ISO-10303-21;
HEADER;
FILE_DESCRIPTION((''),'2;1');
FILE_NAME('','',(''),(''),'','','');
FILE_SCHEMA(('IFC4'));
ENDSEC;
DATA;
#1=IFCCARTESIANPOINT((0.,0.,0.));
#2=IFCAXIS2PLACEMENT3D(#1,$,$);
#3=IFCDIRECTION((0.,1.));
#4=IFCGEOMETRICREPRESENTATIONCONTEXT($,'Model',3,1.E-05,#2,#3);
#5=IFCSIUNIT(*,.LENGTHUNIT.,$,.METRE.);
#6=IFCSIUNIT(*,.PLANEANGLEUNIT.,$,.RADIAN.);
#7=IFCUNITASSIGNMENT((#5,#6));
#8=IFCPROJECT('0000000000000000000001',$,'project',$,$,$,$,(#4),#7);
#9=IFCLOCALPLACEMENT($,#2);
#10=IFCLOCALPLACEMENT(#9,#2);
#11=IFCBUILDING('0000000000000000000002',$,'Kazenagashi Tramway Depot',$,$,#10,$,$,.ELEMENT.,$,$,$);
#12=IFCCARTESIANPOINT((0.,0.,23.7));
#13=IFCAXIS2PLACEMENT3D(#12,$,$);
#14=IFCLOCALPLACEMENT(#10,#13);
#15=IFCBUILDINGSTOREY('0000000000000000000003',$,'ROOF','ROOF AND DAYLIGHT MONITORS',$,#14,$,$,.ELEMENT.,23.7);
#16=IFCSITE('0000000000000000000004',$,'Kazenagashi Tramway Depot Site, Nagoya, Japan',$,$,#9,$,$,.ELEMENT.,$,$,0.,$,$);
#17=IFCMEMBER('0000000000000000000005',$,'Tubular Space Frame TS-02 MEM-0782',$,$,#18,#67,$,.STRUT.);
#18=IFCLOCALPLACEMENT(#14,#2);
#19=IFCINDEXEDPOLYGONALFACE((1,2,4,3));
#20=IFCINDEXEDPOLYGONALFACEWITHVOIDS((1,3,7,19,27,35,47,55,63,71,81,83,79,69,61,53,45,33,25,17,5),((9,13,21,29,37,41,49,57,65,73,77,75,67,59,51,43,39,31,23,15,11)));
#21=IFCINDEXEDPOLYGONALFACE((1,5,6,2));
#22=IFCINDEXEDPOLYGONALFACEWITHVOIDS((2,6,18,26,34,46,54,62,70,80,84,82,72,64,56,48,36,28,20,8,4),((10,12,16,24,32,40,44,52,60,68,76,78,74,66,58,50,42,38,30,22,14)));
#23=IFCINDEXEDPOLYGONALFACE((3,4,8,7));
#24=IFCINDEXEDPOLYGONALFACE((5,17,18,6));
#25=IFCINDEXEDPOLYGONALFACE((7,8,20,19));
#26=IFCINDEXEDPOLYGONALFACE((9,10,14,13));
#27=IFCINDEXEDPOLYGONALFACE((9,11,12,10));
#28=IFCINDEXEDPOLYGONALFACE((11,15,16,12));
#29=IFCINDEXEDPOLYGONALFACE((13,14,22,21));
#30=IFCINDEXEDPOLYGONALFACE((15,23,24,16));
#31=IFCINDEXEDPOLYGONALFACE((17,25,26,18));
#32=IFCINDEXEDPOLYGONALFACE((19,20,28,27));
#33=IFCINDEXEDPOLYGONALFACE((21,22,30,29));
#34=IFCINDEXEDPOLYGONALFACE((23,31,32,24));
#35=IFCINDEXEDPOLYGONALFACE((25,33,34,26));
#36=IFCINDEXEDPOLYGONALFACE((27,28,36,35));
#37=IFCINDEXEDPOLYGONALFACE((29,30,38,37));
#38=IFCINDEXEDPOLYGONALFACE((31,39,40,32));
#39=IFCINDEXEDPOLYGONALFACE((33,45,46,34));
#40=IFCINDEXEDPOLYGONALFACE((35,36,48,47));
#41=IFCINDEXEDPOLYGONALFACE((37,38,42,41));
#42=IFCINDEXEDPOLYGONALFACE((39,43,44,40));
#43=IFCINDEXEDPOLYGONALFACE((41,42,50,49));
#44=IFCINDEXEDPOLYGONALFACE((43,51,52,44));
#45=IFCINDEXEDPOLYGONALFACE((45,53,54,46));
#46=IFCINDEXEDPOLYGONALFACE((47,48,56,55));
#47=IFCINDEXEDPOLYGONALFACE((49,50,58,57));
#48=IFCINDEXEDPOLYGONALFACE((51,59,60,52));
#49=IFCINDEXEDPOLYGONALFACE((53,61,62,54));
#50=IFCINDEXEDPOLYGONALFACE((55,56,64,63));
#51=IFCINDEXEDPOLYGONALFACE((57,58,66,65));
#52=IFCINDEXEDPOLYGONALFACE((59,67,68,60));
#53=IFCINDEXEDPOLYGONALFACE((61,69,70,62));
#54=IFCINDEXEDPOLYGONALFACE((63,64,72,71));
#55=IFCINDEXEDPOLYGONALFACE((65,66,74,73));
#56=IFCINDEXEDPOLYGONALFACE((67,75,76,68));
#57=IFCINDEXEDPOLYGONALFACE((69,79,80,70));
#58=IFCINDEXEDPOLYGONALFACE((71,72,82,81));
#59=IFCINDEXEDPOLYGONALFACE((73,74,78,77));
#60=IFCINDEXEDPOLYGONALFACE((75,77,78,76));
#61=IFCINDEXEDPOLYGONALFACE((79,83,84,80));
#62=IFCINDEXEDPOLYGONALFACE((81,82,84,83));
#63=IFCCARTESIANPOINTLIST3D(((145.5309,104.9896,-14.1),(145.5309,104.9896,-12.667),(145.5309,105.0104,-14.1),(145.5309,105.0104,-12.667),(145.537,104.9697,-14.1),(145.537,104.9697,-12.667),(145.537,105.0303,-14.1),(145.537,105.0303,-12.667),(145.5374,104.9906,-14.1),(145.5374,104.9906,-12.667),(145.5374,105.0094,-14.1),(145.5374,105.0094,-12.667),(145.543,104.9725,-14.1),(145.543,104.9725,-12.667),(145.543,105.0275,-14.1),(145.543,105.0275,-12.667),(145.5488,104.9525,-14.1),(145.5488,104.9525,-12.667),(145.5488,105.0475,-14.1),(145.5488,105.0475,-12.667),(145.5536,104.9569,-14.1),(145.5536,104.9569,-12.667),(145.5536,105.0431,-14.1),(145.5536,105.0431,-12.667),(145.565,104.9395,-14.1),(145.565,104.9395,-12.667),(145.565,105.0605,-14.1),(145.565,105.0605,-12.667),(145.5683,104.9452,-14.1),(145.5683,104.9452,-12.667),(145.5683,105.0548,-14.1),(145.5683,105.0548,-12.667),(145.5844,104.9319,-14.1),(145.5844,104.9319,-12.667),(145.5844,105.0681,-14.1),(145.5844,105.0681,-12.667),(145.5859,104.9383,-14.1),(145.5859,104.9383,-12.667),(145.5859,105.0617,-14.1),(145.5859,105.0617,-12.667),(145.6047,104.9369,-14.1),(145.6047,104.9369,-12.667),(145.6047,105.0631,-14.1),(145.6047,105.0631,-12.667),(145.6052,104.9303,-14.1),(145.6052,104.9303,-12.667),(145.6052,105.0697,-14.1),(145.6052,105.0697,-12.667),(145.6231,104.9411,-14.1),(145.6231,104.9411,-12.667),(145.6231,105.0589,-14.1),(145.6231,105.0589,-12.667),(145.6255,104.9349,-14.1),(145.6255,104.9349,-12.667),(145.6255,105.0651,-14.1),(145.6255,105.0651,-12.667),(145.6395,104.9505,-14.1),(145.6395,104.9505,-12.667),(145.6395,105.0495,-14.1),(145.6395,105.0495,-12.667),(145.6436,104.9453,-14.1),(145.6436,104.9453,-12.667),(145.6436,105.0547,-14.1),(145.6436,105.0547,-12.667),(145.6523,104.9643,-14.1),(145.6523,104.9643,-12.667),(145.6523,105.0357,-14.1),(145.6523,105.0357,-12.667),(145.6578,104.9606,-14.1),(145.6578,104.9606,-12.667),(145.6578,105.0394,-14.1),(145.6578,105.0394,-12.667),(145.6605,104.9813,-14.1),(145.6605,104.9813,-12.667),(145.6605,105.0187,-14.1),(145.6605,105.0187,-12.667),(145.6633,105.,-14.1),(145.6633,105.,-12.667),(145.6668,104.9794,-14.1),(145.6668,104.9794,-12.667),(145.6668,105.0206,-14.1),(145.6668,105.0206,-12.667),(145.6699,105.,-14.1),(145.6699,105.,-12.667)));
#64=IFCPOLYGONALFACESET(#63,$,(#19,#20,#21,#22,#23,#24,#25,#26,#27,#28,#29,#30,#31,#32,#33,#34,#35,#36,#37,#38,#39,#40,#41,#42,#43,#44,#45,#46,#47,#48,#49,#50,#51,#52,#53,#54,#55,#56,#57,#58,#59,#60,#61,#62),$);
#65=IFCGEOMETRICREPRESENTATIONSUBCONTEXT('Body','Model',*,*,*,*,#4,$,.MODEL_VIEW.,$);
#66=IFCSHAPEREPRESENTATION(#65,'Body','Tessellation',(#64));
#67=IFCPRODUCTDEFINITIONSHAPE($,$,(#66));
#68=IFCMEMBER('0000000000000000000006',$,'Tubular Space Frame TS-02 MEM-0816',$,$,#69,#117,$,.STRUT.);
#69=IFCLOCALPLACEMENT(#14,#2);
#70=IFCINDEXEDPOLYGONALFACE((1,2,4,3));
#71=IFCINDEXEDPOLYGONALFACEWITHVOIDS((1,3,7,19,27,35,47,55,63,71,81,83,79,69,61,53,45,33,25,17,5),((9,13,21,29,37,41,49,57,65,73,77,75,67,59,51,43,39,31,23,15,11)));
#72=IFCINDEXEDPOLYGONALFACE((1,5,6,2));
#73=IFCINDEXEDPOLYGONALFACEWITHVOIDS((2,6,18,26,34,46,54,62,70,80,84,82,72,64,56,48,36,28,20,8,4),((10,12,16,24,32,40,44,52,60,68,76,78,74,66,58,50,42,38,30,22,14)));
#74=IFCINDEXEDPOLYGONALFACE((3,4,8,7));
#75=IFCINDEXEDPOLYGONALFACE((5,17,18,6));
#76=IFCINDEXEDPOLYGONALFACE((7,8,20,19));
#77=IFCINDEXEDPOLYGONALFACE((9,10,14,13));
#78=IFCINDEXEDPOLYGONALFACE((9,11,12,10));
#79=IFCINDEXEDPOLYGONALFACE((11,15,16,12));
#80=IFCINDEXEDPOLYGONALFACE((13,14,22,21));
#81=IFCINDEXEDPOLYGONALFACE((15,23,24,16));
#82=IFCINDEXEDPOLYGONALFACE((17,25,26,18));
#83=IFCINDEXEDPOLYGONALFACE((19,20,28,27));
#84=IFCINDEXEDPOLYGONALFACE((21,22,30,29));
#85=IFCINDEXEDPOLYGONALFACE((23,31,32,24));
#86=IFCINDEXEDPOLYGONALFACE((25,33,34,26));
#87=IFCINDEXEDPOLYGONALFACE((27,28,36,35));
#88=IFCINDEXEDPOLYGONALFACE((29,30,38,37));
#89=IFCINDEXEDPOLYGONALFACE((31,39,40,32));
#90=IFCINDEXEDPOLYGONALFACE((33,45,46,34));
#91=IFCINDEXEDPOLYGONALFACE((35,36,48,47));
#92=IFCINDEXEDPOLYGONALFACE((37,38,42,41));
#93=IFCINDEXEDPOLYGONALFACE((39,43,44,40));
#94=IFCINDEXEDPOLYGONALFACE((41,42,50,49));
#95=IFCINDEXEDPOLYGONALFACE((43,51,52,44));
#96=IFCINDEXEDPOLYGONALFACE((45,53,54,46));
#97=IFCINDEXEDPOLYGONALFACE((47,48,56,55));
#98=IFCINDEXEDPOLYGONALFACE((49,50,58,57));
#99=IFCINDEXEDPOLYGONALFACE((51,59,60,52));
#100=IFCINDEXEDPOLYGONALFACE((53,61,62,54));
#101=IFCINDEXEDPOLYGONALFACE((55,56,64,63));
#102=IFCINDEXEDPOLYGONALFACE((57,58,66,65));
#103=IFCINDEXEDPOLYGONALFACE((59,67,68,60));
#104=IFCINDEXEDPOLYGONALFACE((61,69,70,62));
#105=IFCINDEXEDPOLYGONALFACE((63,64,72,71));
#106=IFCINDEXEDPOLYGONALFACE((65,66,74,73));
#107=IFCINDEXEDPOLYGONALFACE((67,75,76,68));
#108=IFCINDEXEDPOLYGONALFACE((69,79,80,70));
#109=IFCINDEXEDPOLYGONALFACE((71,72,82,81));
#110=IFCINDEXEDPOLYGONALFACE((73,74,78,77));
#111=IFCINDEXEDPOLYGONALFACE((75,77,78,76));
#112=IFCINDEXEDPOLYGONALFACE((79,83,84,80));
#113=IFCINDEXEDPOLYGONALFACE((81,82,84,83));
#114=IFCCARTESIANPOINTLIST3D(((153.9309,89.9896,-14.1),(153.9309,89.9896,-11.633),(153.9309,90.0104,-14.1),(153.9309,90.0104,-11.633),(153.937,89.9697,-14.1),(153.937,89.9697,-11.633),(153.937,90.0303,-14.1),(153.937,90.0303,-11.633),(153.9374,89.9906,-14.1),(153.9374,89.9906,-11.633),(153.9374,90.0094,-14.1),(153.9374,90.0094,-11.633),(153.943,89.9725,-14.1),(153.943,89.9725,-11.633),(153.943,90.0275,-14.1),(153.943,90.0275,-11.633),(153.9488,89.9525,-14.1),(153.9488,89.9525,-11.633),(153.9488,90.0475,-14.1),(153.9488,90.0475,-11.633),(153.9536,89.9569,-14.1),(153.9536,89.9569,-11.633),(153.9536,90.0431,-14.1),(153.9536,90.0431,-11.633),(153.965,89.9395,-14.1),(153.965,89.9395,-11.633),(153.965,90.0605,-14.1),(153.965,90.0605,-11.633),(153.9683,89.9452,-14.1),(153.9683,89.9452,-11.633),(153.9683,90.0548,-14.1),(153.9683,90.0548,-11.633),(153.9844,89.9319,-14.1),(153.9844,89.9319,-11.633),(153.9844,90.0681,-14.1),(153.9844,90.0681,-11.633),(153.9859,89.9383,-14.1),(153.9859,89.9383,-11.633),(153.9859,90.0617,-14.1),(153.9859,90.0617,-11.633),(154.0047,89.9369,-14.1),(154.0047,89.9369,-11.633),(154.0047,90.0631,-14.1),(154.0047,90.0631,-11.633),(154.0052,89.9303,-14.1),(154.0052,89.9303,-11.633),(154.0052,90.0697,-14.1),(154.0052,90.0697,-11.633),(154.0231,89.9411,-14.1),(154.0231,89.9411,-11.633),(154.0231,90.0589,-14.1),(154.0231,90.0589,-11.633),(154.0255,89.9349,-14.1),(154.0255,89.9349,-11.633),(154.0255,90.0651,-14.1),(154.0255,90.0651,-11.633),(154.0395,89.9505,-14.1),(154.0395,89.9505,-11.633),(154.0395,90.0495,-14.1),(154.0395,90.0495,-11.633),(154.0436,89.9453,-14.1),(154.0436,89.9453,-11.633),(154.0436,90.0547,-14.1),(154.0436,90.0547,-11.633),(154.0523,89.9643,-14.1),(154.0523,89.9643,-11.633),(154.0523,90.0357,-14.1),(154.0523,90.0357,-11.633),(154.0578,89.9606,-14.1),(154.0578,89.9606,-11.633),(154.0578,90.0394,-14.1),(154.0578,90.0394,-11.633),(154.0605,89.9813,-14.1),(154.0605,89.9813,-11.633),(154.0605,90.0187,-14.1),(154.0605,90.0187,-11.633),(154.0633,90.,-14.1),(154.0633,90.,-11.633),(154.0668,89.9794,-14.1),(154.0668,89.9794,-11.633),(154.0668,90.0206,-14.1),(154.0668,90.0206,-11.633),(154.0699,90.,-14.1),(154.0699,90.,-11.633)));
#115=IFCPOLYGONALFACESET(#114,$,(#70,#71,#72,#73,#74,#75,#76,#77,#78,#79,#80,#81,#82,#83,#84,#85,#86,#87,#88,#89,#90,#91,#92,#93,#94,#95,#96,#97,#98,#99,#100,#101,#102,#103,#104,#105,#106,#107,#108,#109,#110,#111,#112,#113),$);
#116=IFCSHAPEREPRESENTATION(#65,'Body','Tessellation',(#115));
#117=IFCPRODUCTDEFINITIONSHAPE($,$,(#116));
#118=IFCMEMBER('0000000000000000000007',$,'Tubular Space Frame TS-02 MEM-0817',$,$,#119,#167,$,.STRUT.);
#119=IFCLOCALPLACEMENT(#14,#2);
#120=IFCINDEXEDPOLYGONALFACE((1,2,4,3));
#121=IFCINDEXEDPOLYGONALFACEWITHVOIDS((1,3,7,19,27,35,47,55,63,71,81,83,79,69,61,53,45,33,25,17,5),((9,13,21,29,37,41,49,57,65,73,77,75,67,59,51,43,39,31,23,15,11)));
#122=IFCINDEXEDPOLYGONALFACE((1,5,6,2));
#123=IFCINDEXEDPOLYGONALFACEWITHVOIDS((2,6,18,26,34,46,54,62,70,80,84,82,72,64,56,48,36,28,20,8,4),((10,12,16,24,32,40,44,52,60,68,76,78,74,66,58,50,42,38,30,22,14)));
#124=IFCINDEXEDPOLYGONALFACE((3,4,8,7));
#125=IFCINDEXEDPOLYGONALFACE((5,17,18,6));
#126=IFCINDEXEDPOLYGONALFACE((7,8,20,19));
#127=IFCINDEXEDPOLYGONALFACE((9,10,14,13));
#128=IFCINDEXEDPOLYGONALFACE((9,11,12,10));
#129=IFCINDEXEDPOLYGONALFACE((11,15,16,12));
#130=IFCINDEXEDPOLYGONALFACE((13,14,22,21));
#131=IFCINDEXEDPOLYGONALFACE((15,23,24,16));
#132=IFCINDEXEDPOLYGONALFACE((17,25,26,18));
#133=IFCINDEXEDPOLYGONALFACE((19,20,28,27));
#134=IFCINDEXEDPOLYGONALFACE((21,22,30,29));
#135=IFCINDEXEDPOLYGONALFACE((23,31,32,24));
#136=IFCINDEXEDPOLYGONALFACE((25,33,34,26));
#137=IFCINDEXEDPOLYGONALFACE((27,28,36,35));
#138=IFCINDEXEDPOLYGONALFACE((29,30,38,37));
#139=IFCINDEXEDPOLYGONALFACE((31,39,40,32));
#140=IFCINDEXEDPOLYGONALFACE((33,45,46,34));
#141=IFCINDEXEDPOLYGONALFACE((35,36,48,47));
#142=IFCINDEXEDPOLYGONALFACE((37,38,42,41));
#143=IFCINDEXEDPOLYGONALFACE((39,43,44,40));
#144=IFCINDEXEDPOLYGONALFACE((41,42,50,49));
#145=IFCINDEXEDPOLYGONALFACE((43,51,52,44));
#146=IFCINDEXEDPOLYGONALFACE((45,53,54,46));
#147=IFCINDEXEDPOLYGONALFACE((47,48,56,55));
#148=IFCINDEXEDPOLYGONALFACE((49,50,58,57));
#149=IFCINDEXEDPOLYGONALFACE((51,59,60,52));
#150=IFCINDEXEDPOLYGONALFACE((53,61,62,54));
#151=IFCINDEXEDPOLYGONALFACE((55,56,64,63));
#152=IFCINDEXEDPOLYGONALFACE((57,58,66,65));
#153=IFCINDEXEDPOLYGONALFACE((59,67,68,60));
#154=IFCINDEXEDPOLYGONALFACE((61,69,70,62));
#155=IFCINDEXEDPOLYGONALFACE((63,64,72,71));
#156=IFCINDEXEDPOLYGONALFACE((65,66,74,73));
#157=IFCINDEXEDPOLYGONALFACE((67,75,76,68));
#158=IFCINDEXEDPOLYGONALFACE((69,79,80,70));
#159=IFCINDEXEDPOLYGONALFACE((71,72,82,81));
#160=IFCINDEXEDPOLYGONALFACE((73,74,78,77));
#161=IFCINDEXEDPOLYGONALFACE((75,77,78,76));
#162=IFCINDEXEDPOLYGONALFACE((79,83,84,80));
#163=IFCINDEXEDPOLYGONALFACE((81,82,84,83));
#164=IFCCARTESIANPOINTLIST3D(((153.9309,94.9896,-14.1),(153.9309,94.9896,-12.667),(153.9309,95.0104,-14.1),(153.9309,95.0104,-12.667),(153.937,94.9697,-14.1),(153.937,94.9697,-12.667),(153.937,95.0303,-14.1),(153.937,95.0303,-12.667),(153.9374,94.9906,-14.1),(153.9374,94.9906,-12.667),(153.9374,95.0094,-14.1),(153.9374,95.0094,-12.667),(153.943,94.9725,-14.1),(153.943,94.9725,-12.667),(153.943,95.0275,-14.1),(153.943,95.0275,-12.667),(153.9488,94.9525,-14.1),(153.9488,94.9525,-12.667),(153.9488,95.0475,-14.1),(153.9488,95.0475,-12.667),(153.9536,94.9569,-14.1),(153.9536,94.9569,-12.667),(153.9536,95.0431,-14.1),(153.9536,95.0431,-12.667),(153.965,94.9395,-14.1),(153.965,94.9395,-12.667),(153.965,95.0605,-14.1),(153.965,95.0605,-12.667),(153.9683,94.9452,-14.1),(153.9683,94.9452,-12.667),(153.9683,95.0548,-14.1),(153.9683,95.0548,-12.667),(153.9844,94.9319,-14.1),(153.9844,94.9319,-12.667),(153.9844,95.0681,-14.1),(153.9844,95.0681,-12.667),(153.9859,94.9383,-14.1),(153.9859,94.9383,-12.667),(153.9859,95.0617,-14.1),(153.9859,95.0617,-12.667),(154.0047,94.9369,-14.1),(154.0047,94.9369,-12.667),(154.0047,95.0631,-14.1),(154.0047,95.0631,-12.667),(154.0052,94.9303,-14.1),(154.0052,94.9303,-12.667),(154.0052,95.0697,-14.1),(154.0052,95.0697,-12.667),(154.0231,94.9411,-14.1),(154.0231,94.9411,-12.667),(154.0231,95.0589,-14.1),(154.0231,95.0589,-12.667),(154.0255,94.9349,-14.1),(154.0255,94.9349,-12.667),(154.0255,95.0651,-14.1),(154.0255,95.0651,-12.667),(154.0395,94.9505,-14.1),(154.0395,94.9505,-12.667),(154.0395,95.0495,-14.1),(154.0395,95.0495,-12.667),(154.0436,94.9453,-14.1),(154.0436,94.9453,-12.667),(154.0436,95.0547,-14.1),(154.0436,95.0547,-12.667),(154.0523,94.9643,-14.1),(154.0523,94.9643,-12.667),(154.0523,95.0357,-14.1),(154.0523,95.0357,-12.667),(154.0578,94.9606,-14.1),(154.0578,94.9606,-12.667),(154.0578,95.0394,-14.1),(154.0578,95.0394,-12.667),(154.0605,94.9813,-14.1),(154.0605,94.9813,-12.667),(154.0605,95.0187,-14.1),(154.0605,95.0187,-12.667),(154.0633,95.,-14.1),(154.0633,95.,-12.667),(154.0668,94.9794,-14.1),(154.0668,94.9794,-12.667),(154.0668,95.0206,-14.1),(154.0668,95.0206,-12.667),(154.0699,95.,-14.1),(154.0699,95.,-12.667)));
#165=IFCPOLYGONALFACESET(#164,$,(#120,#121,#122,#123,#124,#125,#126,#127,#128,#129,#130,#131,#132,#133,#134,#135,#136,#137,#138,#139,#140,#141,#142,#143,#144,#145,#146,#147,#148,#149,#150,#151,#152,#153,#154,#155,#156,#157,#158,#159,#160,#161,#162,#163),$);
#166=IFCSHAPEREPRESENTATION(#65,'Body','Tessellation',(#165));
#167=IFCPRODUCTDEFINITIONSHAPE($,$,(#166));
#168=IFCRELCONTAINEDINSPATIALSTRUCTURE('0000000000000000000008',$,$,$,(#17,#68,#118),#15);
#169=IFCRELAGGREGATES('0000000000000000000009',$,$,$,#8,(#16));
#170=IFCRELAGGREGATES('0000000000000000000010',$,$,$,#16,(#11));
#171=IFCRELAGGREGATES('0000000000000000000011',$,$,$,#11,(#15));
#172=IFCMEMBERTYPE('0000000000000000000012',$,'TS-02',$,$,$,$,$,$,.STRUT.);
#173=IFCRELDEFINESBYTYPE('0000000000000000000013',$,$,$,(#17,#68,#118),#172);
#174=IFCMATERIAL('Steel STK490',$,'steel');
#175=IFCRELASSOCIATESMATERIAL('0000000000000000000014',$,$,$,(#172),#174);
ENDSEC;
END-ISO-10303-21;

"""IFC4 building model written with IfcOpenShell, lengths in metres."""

from ifc_helpers import new_model, si_unit, direction, frame, origin, origin_2d, place, context, subcontext, project, spatial, hollow_circle, extrude, material, material_profile, profile_set, type_object, element, save


model = new_model("IFC4")

# Units and contexts
model_context = context("Model", 3, precision=1e-05, world=origin(), true_north=direction((0.0, 1.0)))
body_context = subcontext(model_context, "Body", "Model", "MODEL_VIEW")
ifc_project = project(units=[si_unit("LENGTHUNIT", "METRE"), si_unit("PLANEANGLEUNIT", "RADIAN")], contexts=[model_context])

# Site, building, storey
site_placement = place(None, origin())
site = spatial("IfcSite", under=ifc_project, at=site_placement, Name="Kazenagashi Tramway Depot Site, Nagoya, Japan", CompositionType="ELEMENT", RefElevation=0.0)
building_placement = place(site_placement, origin())
building = spatial("IfcBuilding", under=site, at=building_placement, Name="Kazenagashi Tramway Depot", CompositionType="ELEMENT")
storey_placement = place(building_placement, frame((0.0, 0.0, 23.7)))
storey = spatial("IfcBuildingStorey", under=building, at=storey_placement, Name="ROOF", Description="ROOF AND DAYLIGHT MONITORS", CompositionType="ELEMENT", Elevation=23.7)

# Members
ifc_material_1 = material(Name="Steel STK490", Category="steel")
ifc_material_profile_1 = material_profile(ifc_material_1, hollow_circle(Radius=0.0699, WallThickness=0.0066, at=origin_2d()), Name="CHS-139.8x6.6")
ifc_profile_set_1 = profile_set([ifc_material_profile_1], Name="Steel STK490")
member_type_1 = type_object("IfcMemberType", Name="TS-02", PredefinedType="STRUT", material=ifc_profile_set_1)
member_1_placement = place(storey_placement, frame((145.6, 105.0, -14.1), z_axis=(0.0, 0.0, 1.0), x_axis=(1.0, 0.0, 0.0)))
element("IfcMember", 1, at=member_1_placement, inside=storey, type_object=member_type_1, Name="Tubular Space Frame TS-02 MEM-0782", PredefinedType="STRUT", context=body_context, shape_type="SweptSolid", body=[
    extrude(hollow_circle(Radius=0.0699, WallThickness=0.0066, at=origin_2d()), origin(), (0.0, 0.0, 1.0), 1.433),
])
member_2_placement = place(storey_placement, frame((154.0, 90.0, -14.1), z_axis=(0.0, 0.0, 1.0), x_axis=(1.0, 0.0, 0.0)))
element("IfcMember", 2, at=member_2_placement, inside=storey, type_object=member_type_1, Name="Tubular Space Frame TS-02 MEM-0816", PredefinedType="STRUT", context=body_context, shape_type="SweptSolid", body=[
    extrude(hollow_circle(Radius=0.0699, WallThickness=0.0066, at=origin_2d()), origin(), (0.0, 0.0, 1.0), 2.467),
])
member_3_placement = place(storey_placement, frame((154.0, 95.0, -14.1), z_axis=(0.0, 0.0, 1.0), x_axis=(1.0, 0.0, 0.0)))
element("IfcMember", 3, at=member_3_placement, inside=storey, type_object=member_type_1, Name="Tubular Space Frame TS-02 MEM-0817", PredefinedType="STRUT", context=body_context, shape_type="SweptSolid", body=[
    extrude(hollow_circle(Radius=0.0699, WallThickness=0.0066, at=origin_2d()), origin(), (0.0, 0.0, 1.0), 1.433),
])

save(model, "model.ifc")
